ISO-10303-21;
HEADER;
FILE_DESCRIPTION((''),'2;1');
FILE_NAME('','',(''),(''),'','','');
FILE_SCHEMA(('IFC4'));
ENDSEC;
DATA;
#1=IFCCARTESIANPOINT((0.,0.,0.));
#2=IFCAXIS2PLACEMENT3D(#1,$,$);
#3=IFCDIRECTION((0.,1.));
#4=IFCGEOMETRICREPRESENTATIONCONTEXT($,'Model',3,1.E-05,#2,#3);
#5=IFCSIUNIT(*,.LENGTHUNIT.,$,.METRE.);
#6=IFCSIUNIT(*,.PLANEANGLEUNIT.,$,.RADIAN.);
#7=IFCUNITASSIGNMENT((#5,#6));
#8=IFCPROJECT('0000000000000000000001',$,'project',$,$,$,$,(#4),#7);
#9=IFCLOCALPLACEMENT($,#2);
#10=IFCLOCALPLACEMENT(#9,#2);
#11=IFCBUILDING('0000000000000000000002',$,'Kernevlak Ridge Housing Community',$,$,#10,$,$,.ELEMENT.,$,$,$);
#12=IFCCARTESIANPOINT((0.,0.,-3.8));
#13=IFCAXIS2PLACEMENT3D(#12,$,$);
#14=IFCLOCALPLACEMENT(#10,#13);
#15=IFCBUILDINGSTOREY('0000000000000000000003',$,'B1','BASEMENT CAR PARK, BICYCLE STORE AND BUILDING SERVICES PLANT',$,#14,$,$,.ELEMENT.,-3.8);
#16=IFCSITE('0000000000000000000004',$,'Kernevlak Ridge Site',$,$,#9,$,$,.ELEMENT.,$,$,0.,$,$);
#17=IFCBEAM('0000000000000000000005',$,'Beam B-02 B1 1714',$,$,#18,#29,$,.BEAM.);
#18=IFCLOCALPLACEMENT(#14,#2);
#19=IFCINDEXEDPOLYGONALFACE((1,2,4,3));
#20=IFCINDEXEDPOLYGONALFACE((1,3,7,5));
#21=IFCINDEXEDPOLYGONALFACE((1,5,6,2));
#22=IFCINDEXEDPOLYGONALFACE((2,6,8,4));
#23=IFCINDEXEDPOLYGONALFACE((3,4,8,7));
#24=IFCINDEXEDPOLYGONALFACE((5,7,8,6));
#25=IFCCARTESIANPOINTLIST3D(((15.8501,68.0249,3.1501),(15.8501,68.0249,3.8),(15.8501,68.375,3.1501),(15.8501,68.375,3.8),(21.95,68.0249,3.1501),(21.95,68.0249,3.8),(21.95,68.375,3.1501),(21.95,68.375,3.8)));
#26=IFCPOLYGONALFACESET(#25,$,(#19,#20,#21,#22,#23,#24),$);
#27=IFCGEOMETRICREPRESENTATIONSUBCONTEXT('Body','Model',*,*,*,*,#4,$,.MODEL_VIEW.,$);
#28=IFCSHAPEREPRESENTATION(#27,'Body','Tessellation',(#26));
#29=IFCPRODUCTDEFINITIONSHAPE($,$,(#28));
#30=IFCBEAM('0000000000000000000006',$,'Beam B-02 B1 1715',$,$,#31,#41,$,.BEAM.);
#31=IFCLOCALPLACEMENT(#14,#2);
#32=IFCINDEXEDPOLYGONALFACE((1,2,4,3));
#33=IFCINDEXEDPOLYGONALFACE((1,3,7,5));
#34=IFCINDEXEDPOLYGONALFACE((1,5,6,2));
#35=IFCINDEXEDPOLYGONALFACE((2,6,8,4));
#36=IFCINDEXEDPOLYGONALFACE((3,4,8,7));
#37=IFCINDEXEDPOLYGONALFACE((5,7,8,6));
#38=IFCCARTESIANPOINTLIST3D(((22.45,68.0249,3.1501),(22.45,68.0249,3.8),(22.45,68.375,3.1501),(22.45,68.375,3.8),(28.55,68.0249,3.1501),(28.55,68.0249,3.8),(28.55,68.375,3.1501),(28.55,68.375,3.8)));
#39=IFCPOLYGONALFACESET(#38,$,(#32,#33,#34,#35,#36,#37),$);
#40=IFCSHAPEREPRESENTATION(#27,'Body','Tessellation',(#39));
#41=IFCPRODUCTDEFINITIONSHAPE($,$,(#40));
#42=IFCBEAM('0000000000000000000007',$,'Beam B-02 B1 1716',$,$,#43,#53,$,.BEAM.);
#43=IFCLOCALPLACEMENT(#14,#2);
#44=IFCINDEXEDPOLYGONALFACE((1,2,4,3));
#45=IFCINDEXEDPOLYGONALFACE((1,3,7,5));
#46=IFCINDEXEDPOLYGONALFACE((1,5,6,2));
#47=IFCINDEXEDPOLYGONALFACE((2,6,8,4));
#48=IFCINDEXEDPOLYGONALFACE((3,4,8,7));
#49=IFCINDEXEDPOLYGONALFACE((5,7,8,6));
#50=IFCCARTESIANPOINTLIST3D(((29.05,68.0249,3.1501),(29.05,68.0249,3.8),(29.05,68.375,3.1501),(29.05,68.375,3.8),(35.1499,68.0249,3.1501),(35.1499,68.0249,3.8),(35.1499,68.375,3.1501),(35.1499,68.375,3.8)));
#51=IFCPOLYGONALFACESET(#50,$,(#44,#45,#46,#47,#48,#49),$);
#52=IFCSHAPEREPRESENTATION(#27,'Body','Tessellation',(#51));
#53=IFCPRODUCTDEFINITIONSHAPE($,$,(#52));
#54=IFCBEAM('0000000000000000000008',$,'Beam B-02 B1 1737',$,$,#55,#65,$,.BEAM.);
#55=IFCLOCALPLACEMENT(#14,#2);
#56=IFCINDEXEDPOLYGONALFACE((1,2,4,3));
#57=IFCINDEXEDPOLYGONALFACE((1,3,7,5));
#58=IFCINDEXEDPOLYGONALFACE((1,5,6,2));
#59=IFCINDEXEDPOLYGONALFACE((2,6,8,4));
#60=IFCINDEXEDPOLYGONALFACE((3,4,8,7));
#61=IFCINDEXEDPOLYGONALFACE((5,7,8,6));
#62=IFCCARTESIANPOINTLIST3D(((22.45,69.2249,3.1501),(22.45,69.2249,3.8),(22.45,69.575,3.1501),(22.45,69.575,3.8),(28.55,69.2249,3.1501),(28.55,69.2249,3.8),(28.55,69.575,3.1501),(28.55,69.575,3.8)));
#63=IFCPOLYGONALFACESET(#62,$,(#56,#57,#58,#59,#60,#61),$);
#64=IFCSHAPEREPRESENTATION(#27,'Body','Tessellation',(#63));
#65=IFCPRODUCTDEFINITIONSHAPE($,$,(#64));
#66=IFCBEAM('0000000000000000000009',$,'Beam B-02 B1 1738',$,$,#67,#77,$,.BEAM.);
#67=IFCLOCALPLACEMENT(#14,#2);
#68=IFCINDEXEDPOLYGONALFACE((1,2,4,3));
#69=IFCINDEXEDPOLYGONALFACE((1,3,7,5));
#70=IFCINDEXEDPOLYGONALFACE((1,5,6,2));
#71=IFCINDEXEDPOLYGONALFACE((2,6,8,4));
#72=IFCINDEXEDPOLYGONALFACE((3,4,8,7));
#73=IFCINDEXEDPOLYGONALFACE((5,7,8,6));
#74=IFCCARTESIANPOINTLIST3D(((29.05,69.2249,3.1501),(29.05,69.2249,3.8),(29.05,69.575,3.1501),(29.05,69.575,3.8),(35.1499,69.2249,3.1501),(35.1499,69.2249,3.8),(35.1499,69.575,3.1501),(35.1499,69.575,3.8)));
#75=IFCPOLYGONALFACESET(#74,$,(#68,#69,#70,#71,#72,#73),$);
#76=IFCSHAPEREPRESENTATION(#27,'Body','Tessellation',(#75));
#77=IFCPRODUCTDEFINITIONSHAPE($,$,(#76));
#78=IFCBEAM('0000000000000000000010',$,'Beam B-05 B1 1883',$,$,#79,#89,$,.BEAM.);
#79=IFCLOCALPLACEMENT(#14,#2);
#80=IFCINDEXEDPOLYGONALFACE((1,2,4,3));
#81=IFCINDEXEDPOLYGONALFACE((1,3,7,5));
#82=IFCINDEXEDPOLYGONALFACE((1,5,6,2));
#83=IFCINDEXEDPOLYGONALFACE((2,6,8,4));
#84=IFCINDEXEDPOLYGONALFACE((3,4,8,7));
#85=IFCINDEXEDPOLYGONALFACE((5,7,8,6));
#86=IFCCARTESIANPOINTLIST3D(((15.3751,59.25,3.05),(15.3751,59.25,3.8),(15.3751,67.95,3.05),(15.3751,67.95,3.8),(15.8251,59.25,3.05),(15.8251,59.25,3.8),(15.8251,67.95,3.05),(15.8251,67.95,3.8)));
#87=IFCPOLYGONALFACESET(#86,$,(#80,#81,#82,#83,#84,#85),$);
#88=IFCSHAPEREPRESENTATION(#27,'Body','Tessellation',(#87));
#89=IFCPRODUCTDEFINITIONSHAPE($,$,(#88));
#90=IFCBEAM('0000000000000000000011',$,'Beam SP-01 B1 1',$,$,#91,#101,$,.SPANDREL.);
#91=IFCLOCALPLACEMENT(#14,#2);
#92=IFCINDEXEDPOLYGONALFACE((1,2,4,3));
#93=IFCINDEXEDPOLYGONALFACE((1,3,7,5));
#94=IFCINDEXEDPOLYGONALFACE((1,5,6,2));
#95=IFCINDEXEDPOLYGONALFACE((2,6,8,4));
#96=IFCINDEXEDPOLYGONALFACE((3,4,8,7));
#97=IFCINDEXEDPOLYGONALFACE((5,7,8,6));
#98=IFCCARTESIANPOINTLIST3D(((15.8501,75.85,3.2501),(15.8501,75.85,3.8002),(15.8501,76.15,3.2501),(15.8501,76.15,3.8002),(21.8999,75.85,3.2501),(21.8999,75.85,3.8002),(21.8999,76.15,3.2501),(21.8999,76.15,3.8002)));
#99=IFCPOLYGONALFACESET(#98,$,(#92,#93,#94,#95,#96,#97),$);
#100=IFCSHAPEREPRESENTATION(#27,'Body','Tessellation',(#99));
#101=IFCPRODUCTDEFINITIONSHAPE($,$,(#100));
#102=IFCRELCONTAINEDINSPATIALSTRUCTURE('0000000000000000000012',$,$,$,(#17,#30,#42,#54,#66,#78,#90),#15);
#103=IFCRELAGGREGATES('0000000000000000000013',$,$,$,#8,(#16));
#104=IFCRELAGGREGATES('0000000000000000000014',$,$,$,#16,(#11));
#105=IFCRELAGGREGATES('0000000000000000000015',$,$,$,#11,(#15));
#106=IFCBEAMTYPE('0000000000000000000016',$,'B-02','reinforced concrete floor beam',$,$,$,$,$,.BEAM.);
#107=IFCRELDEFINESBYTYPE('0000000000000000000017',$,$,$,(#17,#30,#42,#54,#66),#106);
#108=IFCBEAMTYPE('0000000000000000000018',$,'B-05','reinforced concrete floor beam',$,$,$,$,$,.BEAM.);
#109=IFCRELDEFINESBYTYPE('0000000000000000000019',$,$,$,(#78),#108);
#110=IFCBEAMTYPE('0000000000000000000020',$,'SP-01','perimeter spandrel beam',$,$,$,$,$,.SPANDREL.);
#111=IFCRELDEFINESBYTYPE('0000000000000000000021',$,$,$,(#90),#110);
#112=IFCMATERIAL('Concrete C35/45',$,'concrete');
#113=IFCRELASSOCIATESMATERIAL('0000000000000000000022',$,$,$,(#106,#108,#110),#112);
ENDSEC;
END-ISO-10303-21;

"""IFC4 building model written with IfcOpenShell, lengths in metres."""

from ifc_helpers import new_model, si_unit, direction, frame, origin, origin_2d, place, context, subcontext, project, spatial, rectangle, extrude, material, material_profile, profile_set, type_object, element, save


model = new_model("IFC4")

# Units and contexts
model_context = context("Model", 3, precision=1e-05, world=origin(), true_north=direction((0.0, 1.0)))
body_context = subcontext(model_context, "Body", "Model", "MODEL_VIEW")
ifc_project = project(units=[si_unit("LENGTHUNIT", "METRE"), si_unit("PLANEANGLEUNIT", "RADIAN")], contexts=[model_context])

# Site, building, storey
site_placement = place(None, origin())
site = spatial("IfcSite", under=ifc_project, at=site_placement, Name="Kernevlak Ridge Site", CompositionType="ELEMENT", RefElevation=0.0)
building_placement = place(site_placement, origin())
building = spatial("IfcBuilding", under=site, at=building_placement, Name="Kernevlak Ridge Housing Community", CompositionType="ELEMENT")
storey_placement = place(building_placement, frame((0.0, 0.0, -3.8)))
storey = spatial("IfcBuildingStorey", under=building, at=storey_placement, Name="B1", Description="BASEMENT CAR PARK, BICYCLE STORE AND BUILDING SERVICES PLANT", CompositionType="ELEMENT", Elevation=-3.8)

# Shared definitions
ifc_material_1 = material(Name="Concrete C35/45", Category="concrete")

# Beams
ifc_material_profile_1 = material_profile(ifc_material_1, rectangle(XDim=0.3501, YDim=0.6499, at=origin_2d()), Name="RC 350x650")
ifc_profile_set_1 = profile_set([ifc_material_profile_1], Name="Concrete C35/45")
beam_type_1 = type_object("IfcBeamType", Name="B-02", Description="reinforced concrete floor beam", PredefinedType="BEAM", material=ifc_profile_set_1)
for number, where, z_axis, x_axis, name in (
    (1, (15.8501, 68.2, 3.4751), (1.0, 0.0, 0.0), (0.0, 1.0, 0.0), "Beam B-02 B1 1714"),
):
    element("IfcBeam", number, at=place(storey_placement, frame(where, z_axis=z_axis, x_axis=x_axis)), inside=storey, type_object=beam_type_1, Name=name, PredefinedType="BEAM", context=body_context, shape_type="SweptSolid", body=[
        extrude(rectangle(XDim=0.3501, YDim=0.6499, at=origin_2d()), origin(), (0.0, 0.0, 1.0), 6.0999),
    ])
beam_1_placement = place(storey_placement, frame((22.45, 68.2, 3.4751), z_axis=(1.0, 0.0, 0.0), x_axis=(0.0, 1.0, 0.0)))
element("IfcBeam", 2, at=beam_1_placement, inside=storey, type_object=beam_type_1, Name="Beam B-02 B1 1715", PredefinedType="BEAM", context=body_context, shape_type="SweptSolid", body=[
    extrude(rectangle(XDim=0.3501, YDim=0.6499, at=origin_2d()), origin(), (0.0, 0.0, 1.0), 6.1001),
])
beam_2_placement = place(storey_placement, frame((29.05, 68.2, 3.4751), z_axis=(1.0, 0.0, 0.0), x_axis=(0.0, 1.0, 0.0)))
element("IfcBeam", 3, at=beam_2_placement, inside=storey, type_object=beam_type_1, Name="Beam B-02 B1 1716", PredefinedType="BEAM", context=body_context, shape_type="SweptSolid", body=[
    extrude(rectangle(XDim=0.3501, YDim=0.6499, at=origin_2d()), origin(), (0.0, 0.0, 1.0), 6.0999),
])
beam_3_placement = place(storey_placement, frame((22.45, 69.3999, 3.4751), z_axis=(1.0, 0.0, 0.0), x_axis=(0.0, 1.0, 0.0)))
element("IfcBeam", 4, at=beam_3_placement, inside=storey, type_object=beam_type_1, Name="Beam B-02 B1 1737", PredefinedType="BEAM", context=body_context, shape_type="SweptSolid", body=[
    extrude(rectangle(XDim=0.3501, YDim=0.6499, at=origin_2d()), origin(), (0.0, 0.0, 1.0), 6.1001),
])
beam_4_placement = place(storey_placement, frame((29.05, 69.3999, 3.4751), z_axis=(1.0, 0.0, 0.0), x_axis=(0.0, 1.0, 0.0)))
element("IfcBeam", 5, at=beam_4_placement, inside=storey, type_object=beam_type_1, Name="Beam B-02 B1 1738", PredefinedType="BEAM", context=body_context, shape_type="SweptSolid", body=[
    extrude(rectangle(XDim=0.3501, YDim=0.6499, at=origin_2d()), origin(), (0.0, 0.0, 1.0), 6.0999),
])
ifc_material_profile_2 = material_profile(ifc_material_1, rectangle(XDim=0.45, YDim=0.75, at=origin_2d()), Name="RC 450x750")
ifc_profile_set_2 = profile_set([ifc_material_profile_2], Name="Concrete C35/45")
beam_type_2 = type_object("IfcBeamType", Name="B-05", Description="reinforced concrete floor beam", PredefinedType="BEAM", material=ifc_profile_set_2)
beam_5_placement = place(storey_placement, frame((15.6001, 59.25, 3.425), z_axis=(0.0, 1.0, 0.0), x_axis=(-1.0, 0.0, 0.0)))
element("IfcBeam", 6, at=beam_5_placement, inside=storey, type_object=beam_type_2, Name="Beam B-05 B1 1883", PredefinedType="BEAM", context=body_context, shape_type="SweptSolid", body=[
    extrude(rectangle(XDim=0.45, YDim=0.75, at=origin_2d()), origin(), (0.0, 0.0, 1.0), 8.7),
])
ifc_material_profile_3 = material_profile(ifc_material_1, rectangle(XDim=0.3, YDim=0.55, at=origin_2d()), Name="RC 300x550")
ifc_profile_set_3 = profile_set([ifc_material_profile_3], Name="Concrete C35/45")
beam_type_3 = type_object("IfcBeamType", Name="SP-01", Description="perimeter spandrel beam", PredefinedType="SPANDREL", material=ifc_profile_set_3)
beam_6_placement = place(storey_placement, frame((15.8501, 76.0, 3.5251), z_axis=(1.0, 0.0, 0.0), x_axis=(0.0, 1.0, 0.0)))
element("IfcBeam", 7, at=beam_6_placement, inside=storey, type_object=beam_type_3, Name="Beam SP-01 B1 1", PredefinedType="SPANDREL", context=body_context, shape_type="SweptSolid", body=[
    extrude(rectangle(XDim=0.3, YDim=0.55, at=origin_2d()), origin(), (0.0, 0.0, 1.0), 6.0498),
])

save(model, "model.ifc")
